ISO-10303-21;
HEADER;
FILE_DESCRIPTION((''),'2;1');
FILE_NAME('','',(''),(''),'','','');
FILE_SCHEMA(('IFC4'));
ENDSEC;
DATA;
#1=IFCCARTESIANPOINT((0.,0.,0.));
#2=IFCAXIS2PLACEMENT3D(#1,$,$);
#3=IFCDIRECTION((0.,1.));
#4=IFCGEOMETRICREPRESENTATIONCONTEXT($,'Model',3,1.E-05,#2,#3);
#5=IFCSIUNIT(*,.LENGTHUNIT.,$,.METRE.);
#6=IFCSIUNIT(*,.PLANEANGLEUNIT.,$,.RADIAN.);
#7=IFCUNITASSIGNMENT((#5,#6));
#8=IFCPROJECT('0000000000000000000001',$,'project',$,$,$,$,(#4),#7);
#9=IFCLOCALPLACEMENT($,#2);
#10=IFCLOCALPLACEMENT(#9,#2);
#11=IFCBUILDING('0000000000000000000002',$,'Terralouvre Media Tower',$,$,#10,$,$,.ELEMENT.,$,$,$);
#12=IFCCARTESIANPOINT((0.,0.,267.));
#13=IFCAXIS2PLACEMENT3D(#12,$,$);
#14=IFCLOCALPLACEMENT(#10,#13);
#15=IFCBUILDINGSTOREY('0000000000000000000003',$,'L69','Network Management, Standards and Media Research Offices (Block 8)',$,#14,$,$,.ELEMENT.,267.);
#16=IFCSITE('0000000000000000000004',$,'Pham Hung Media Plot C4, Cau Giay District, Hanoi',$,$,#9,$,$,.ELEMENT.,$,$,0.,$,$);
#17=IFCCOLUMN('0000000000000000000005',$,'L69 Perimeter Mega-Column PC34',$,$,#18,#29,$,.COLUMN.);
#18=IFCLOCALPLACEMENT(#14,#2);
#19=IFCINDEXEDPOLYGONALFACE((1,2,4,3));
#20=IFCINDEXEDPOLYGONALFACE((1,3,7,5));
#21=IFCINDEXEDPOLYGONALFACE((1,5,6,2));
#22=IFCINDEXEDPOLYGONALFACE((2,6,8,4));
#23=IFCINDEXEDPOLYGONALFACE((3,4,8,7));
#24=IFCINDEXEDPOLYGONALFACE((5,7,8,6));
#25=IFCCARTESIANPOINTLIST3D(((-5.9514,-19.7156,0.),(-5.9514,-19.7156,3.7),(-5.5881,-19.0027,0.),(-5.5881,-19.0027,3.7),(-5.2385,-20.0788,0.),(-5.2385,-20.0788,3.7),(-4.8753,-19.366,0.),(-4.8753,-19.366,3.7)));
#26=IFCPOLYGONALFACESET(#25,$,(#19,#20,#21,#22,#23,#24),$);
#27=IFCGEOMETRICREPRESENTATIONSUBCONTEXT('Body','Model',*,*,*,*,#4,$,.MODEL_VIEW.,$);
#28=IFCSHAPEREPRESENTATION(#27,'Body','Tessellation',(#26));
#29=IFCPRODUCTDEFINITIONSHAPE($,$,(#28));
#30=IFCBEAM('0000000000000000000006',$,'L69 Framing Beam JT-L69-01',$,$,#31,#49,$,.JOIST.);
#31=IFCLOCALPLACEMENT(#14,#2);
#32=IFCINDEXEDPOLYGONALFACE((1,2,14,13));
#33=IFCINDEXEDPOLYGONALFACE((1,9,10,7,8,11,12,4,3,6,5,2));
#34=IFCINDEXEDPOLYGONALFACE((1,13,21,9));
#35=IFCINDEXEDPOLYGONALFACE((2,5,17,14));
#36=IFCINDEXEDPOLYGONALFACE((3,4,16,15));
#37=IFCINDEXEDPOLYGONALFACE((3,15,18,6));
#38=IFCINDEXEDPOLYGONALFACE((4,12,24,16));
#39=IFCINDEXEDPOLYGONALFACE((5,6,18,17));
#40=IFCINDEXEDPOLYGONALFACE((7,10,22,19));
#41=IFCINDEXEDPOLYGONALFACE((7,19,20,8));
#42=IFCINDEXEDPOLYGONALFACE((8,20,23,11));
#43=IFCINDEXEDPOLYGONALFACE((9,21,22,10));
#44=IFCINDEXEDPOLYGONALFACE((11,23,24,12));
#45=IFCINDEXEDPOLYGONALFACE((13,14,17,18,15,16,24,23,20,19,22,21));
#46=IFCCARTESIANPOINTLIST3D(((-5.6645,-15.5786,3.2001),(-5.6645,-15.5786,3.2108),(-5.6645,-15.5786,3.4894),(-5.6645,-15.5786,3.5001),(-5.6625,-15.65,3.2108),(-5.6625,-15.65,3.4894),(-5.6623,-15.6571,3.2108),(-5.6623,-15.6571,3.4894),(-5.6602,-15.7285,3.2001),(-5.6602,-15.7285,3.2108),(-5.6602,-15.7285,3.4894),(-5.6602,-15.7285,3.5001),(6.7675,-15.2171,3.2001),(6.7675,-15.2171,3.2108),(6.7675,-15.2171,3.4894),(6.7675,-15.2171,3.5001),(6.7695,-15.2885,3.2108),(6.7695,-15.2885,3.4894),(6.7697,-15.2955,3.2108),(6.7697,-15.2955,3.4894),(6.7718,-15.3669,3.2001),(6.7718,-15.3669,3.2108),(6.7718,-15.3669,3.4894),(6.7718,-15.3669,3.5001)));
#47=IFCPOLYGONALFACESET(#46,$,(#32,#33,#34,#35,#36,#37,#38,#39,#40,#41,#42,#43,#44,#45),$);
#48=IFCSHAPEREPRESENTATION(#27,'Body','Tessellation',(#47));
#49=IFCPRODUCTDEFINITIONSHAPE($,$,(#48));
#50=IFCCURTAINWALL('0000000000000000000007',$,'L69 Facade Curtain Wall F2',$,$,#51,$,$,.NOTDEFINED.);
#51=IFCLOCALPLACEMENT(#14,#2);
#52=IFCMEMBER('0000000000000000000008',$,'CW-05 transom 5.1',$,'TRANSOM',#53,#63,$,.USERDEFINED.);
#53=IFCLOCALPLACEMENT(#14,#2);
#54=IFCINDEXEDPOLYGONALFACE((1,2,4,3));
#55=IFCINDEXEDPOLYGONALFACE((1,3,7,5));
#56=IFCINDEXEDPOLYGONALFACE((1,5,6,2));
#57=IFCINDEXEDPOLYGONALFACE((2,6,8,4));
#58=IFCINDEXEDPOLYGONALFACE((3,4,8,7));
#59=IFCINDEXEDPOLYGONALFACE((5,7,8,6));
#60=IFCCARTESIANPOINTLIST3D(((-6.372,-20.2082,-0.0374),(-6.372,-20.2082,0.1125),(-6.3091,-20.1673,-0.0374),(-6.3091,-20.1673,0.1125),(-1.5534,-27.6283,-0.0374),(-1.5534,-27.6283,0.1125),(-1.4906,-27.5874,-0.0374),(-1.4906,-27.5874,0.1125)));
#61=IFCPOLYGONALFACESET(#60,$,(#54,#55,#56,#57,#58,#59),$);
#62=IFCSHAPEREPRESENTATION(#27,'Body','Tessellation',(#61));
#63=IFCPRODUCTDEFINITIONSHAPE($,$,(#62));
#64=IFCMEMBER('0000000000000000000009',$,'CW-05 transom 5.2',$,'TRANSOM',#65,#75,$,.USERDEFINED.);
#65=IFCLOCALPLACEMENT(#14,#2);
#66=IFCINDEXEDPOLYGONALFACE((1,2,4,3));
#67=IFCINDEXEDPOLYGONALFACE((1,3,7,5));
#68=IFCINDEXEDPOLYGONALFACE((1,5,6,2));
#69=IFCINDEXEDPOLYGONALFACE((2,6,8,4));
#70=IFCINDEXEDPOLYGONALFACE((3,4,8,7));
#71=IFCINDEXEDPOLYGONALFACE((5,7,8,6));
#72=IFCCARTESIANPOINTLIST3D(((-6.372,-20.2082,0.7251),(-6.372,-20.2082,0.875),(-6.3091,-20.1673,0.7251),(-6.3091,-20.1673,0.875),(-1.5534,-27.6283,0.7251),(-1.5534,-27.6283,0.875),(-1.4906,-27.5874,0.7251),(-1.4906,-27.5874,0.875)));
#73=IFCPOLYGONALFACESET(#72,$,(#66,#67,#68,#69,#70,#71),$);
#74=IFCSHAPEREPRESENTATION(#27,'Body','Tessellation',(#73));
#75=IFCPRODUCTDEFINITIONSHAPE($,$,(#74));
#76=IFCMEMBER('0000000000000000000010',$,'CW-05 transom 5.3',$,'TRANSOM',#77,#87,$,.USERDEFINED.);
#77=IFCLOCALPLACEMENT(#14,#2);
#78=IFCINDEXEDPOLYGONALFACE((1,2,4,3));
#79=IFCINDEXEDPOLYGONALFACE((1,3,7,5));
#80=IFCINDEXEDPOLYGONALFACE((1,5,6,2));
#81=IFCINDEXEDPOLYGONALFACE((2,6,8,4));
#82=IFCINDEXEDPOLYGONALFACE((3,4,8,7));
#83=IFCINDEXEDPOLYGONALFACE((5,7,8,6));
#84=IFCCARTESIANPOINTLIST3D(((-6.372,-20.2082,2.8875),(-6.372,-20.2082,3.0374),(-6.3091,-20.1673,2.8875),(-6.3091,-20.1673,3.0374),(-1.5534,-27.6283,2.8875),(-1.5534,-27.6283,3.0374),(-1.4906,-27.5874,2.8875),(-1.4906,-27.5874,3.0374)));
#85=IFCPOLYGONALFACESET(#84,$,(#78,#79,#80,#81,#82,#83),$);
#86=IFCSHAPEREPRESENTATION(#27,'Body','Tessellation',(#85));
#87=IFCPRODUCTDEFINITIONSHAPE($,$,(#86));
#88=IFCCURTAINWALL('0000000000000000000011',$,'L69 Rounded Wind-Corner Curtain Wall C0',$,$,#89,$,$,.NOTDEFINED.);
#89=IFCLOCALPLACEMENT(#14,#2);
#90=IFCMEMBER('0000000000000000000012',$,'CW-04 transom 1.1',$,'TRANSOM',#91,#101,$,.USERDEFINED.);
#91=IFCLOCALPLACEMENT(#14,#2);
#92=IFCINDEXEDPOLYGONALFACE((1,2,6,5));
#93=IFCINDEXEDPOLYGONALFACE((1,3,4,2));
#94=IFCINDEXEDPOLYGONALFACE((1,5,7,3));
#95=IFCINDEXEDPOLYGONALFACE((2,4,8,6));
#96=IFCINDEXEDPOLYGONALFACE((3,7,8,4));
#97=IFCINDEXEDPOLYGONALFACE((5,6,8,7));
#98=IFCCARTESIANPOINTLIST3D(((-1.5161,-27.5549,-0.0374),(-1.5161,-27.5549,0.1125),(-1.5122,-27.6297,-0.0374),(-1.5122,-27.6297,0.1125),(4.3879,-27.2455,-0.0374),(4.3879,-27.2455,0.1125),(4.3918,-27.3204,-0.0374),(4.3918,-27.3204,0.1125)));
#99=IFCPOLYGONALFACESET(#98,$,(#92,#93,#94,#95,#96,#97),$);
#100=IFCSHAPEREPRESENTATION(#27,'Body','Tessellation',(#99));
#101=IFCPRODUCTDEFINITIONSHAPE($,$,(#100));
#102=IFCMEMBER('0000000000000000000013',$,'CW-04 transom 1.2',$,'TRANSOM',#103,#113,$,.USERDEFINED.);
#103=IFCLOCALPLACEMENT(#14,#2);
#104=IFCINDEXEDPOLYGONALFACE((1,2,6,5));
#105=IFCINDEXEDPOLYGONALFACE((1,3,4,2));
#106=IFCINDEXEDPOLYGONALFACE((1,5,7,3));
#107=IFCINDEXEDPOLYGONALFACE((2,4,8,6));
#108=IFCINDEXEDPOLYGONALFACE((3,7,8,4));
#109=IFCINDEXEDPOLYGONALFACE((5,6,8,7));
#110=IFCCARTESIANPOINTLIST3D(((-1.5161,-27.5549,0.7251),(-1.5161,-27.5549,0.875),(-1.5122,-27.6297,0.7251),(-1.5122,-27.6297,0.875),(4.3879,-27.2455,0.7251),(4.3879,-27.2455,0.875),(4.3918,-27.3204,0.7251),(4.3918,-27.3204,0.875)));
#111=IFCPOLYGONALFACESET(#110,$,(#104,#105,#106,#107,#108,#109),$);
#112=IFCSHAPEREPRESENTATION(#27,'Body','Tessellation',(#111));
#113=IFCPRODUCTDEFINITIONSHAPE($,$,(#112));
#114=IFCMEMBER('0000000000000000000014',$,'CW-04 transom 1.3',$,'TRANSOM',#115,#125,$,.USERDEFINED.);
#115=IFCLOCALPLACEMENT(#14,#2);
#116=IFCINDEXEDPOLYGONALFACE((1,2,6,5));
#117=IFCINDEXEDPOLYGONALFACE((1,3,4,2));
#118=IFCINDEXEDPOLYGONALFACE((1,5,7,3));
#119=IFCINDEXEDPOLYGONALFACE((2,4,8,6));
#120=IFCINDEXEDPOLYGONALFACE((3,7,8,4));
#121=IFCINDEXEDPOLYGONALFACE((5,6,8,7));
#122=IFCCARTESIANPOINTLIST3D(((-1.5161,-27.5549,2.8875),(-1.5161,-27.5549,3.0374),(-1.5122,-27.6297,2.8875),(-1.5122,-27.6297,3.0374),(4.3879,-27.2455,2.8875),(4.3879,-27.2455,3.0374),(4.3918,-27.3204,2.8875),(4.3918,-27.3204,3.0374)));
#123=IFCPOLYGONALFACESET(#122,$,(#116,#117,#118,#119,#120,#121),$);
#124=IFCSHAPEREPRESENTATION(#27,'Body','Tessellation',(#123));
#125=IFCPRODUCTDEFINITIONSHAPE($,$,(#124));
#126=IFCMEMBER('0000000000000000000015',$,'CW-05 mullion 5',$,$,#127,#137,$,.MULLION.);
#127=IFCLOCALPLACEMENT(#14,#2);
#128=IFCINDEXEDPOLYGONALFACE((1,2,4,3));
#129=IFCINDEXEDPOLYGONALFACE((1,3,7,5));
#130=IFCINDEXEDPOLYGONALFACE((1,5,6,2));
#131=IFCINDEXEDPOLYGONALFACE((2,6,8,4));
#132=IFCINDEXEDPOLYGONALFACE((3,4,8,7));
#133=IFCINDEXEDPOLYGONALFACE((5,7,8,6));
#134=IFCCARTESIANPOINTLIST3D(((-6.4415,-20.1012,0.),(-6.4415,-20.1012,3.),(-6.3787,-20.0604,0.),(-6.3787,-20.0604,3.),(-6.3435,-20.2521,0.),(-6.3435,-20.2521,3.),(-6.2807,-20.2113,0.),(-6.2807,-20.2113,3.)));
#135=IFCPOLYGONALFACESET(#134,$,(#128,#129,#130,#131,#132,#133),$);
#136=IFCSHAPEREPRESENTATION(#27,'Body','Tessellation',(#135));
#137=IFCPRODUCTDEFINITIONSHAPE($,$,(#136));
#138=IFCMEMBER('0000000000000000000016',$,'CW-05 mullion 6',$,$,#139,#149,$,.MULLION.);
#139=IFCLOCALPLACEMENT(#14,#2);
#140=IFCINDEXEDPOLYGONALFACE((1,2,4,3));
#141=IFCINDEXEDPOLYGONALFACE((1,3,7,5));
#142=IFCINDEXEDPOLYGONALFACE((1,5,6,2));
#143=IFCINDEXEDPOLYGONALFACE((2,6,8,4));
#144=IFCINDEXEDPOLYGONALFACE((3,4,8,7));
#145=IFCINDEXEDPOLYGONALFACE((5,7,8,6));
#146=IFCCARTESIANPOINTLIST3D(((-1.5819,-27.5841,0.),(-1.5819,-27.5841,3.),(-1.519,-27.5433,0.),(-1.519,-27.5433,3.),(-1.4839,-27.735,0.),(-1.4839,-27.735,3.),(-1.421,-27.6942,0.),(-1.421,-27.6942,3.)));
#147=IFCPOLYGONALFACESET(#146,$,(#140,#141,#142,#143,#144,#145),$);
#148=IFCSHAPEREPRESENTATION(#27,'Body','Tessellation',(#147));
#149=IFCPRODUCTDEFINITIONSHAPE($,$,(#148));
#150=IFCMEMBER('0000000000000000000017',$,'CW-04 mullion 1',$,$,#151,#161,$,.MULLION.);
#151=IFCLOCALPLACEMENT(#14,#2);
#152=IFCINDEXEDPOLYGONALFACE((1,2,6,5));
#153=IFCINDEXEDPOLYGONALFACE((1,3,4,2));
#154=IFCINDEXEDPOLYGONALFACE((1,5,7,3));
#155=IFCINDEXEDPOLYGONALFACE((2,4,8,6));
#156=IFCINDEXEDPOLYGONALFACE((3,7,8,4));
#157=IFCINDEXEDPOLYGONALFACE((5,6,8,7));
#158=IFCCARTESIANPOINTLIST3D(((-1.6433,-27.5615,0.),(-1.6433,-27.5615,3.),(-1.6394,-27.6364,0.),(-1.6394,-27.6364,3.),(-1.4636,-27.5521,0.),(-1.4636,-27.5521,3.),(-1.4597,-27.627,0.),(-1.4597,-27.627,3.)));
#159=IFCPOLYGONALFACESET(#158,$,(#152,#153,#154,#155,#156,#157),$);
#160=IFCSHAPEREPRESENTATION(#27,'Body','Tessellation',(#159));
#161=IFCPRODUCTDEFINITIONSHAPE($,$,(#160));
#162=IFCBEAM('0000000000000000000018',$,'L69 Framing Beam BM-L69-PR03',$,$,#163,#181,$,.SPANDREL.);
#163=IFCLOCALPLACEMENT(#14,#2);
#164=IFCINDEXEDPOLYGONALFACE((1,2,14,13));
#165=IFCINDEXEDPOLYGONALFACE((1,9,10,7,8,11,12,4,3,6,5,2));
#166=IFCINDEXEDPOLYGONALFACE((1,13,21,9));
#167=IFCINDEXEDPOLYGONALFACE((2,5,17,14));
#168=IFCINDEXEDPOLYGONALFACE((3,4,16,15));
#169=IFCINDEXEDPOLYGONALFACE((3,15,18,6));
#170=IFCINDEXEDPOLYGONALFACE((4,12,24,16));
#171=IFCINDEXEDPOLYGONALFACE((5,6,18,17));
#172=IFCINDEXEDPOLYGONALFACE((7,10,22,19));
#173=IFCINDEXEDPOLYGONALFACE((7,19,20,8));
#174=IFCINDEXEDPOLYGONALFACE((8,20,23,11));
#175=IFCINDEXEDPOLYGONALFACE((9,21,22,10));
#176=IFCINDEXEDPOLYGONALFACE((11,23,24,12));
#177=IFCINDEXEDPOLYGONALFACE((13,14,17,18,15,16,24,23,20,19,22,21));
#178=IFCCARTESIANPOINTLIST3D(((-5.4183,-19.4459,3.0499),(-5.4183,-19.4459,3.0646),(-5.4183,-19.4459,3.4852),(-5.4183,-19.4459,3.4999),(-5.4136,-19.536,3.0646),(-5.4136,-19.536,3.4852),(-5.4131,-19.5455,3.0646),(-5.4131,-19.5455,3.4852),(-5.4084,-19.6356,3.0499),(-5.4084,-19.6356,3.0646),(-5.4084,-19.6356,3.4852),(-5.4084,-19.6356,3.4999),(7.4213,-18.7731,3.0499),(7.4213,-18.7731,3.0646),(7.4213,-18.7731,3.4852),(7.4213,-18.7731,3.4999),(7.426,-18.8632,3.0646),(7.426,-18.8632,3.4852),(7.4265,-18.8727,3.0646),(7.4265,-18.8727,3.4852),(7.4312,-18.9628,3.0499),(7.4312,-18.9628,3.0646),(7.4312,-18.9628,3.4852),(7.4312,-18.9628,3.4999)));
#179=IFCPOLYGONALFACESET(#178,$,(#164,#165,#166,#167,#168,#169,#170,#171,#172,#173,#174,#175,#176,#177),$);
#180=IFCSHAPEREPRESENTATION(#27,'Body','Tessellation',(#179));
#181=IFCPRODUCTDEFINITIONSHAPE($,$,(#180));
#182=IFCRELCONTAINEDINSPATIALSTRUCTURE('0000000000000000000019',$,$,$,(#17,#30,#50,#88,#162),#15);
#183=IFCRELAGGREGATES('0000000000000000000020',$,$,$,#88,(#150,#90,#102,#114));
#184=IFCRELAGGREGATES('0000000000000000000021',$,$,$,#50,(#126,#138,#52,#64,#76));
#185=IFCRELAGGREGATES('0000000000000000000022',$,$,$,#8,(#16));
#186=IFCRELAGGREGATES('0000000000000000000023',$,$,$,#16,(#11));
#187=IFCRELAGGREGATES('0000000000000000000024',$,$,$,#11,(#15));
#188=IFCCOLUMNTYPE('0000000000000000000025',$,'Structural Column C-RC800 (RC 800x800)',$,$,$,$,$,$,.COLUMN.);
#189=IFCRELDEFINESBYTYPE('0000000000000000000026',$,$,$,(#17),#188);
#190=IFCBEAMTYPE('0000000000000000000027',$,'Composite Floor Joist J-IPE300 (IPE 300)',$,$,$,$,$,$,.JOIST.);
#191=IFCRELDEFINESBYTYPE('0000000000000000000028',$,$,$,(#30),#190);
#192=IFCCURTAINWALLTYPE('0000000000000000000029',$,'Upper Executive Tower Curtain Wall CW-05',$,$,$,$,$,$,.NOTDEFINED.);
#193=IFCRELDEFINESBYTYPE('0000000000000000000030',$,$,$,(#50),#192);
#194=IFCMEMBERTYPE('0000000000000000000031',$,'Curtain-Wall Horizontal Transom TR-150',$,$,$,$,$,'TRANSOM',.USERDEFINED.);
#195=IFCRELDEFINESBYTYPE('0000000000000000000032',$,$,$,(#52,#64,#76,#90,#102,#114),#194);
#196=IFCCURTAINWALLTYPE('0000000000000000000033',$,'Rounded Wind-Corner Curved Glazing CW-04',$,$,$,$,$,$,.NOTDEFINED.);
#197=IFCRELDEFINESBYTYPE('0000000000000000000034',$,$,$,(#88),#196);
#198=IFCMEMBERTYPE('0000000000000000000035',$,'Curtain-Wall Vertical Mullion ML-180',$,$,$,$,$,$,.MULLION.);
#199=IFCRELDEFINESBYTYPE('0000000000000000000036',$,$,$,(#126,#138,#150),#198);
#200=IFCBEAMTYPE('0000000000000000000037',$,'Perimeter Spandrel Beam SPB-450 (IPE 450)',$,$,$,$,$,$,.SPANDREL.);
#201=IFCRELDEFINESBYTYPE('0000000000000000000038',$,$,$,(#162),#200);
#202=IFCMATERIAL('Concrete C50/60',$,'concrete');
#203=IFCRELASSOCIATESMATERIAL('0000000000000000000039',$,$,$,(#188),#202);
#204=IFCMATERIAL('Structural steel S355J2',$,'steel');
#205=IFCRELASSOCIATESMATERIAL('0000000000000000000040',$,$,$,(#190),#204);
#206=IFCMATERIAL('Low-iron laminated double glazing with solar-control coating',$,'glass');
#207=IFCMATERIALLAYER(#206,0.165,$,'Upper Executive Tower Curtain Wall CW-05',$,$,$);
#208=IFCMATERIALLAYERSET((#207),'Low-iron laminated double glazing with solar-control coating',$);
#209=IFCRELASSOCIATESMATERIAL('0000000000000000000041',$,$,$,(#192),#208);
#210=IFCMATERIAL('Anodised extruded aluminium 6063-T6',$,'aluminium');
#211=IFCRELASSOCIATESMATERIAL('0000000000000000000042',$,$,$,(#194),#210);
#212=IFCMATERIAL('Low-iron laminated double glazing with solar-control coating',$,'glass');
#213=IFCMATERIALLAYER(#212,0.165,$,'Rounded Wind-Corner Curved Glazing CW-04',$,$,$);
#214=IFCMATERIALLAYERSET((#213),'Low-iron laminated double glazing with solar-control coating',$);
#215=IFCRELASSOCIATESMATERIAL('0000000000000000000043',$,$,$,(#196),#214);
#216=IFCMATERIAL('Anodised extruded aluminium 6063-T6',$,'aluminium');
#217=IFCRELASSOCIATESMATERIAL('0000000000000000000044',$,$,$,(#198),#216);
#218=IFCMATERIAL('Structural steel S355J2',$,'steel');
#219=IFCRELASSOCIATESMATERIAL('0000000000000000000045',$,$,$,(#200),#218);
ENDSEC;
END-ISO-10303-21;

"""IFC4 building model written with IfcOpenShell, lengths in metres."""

from ifc_helpers import new_model, si_unit, direction, frame, origin, origin_2d, place, context, subcontext, project, spatial, rectangle, i_section, extrude, material, layer, layer_set, material_profile, profile_set, type_object, element, aggregate, save


model = new_model("IFC4")

# Units and contexts
model_context = context("Model", 3, precision=1e-05, world=origin(), true_north=direction((0.0, 1.0)))
body_context = subcontext(model_context, "Body", "Model", "MODEL_VIEW")
ifc_project = project(units=[si_unit("LENGTHUNIT", "METRE"), si_unit("PLANEANGLEUNIT", "RADIAN")], contexts=[model_context])

# Site, building, storey
site_placement = place(None, origin())
site = spatial("IfcSite", under=ifc_project, at=site_placement, Name="Pham Hung Media Plot C4, Cau Giay District, Hanoi", CompositionType="ELEMENT", RefElevation=0.0)
building_placement = place(site_placement, origin())
building = spatial("IfcBuilding", under=site, at=building_placement, Name="Terralouvre Media Tower", CompositionType="ELEMENT")
storey_placement = place(building_placement, frame((0.0, 0.0, 267.0)))
storey = spatial("IfcBuildingStorey", under=building, at=storey_placement, Name="L69", Description="Network Management, Standards and Media Research Offices (Block 8)", CompositionType="ELEMENT", Elevation=267.0)

# Column
ifc_material_1 = material(Name="Concrete C50/60", Category="concrete")
ifc_material_profile_1 = material_profile(ifc_material_1, rectangle(XDim=0.8, YDim=0.8, at=origin_2d()), Name="RC 800x800")
ifc_profile_set_1 = profile_set([ifc_material_profile_1], Name="Concrete C50/60")
column_type = type_object("IfcColumnType", Name="Structural Column C-RC800 (RC 800x800)", PredefinedType="COLUMN", material=ifc_profile_set_1)
column_placement = place(storey_placement, frame((-5.4133, -19.5408, 0.0), z_axis=(0.0, 0.0, 1.0), x_axis=(0.45399, 0.891007, 0.0)))
element("IfcColumn", 1, at=column_placement, inside=storey, type_object=column_type, Name="L69 Perimeter Mega-Column PC34", PredefinedType="COLUMN", context=body_context, shape_type="SweptSolid", body=[
    extrude(rectangle(XDim=0.8, YDim=0.8, at=origin_2d()), origin(), (0.0, 0.0, 1.0), 3.7),
])

# Beam
ifc_material_2 = material(Name="Structural steel S355J2", Category="steel")
ifc_material_profile_2 = material_profile(ifc_material_2, i_section(OverallWidth=0.1499, OverallDepth=0.3, WebThickness=0.0071, FlangeThickness=0.0107, at=origin_2d()), Name="IPE 300")
ifc_profile_set_2 = profile_set([ifc_material_profile_2], Name="Structural steel S355J2")
beam_type_1 = type_object("IfcBeamType", Name="Composite Floor Joist J-IPE300 (IPE 300)", PredefinedType="JOIST", material=ifc_profile_set_2)
beam_1_placement = place(storey_placement, frame((-5.6624, -15.6536, 3.3501), z_axis=(0.999577, 0.029072, 0.0), x_axis=(-0.029072, 0.999577, 0.0)))
element("IfcBeam", 2, at=beam_1_placement, inside=storey, type_object=beam_type_1, Name="L69 Framing Beam JT-L69-01", PredefinedType="JOIST", context=body_context, shape_type="SweptSolid", body=[
    extrude(i_section(OverallWidth=0.1499, OverallDepth=0.3, WebThickness=0.0071, FlangeThickness=0.0107, at=origin_2d()), origin(), (0.0, 0.0, 1.0), 12.4373),
])

# Curtain walls, members
ifc_material_3 = material(Name="Low-iron laminated double glazing with solar-control coating", Category="glass")
ifc_layer_1 = layer(ifc_material_3, 0.165, Name="Upper Executive Tower Curtain Wall CW-05")
ifc_layer_set_1 = layer_set([ifc_layer_1], Name="Low-iron laminated double glazing with solar-control coating")
curtain_wall_type_1 = type_object("IfcCurtainWallType", Name="Upper Executive Tower Curtain Wall CW-05", PredefinedType="NOTDEFINED", material=ifc_layer_set_1)
curtain_wall_1_placement = place(storey_placement, origin())
curtain_wall_1 = element("IfcCurtainWall", 3, at=curtain_wall_1_placement, inside=storey, type_object=curtain_wall_type_1, Name="L69 Facade Curtain Wall F2", PredefinedType="NOTDEFINED")
ifc_material_4 = material(Name="Anodised extruded aluminium 6063-T6", Category="aluminium")
ifc_material_profile_3 = material_profile(ifc_material_4, rectangle(XDim=0.075, YDim=0.1499, at=origin_2d()), Name="ALU 75x150")
ifc_profile_set_3 = profile_set([ifc_material_profile_3], Name="Anodised extruded aluminium 6063-T6")
member_type_1 = type_object("IfcMemberType", Name="Curtain-Wall Horizontal Transom TR-150", ElementType="TRANSOM", PredefinedType="USERDEFINED", material=ifc_profile_set_3)
member_1_placement = place(storey_placement, frame((-6.3406, -20.1877, 0.0376), z_axis=(0.54463, -0.838676, 0.0), x_axis=(0.838676, 0.54463, 0.0)))
member_1 = element("IfcMember", 4, at=member_1_placement, type_object=member_type_1, Name="CW-05 transom 5.1", ObjectType="TRANSOM", PredefinedType="USERDEFINED", context=body_context, shape_type="SweptSolid", body=[
    extrude(rectangle(XDim=0.075, YDim=0.1499, at=origin_2d()), origin(), (0.0, 0.0, 1.0), 8.8474),
])
member_2_placement = place(storey_placement, frame((-6.3406, -20.1877, 0.8), z_axis=(0.54463, -0.838676, 0.0), x_axis=(0.838676, 0.54463, 0.0)))
member_2 = element("IfcMember", 5, at=member_2_placement, type_object=member_type_1, Name="CW-05 transom 5.2", ObjectType="TRANSOM", PredefinedType="USERDEFINED", context=body_context, shape_type="SweptSolid", body=[
    extrude(rectangle(XDim=0.075, YDim=0.1499, at=origin_2d()), origin(), (0.0, 0.0, 1.0), 8.8474),
])
member_3_placement = place(storey_placement, frame((-6.3406, -20.1877, 2.9624), z_axis=(0.54463, -0.838676, 0.0), x_axis=(0.838676, 0.54463, 0.0)))
member_3 = element("IfcMember", 6, at=member_3_placement, type_object=member_type_1, Name="CW-05 transom 5.3", ObjectType="TRANSOM", PredefinedType="USERDEFINED", context=body_context, shape_type="SweptSolid", body=[
    extrude(rectangle(XDim=0.075, YDim=0.1499, at=origin_2d()), origin(), (0.0, 0.0, 1.0), 8.8474),
])
ifc_material_5 = material(Name="Low-iron laminated double glazing with solar-control coating", Category="glass")
ifc_layer_2 = layer(ifc_material_5, 0.165, Name="Rounded Wind-Corner Curved Glazing CW-04")
ifc_layer_set_2 = layer_set([ifc_layer_2], Name="Low-iron laminated double glazing with solar-control coating")
curtain_wall_type_2 = type_object("IfcCurtainWallType", Name="Rounded Wind-Corner Curved Glazing CW-04", PredefinedType="NOTDEFINED", material=ifc_layer_set_2)
curtain_wall_2_placement = place(storey_placement, origin())
curtain_wall_2 = element("IfcCurtainWall", 7, at=curtain_wall_2_placement, inside=storey, type_object=curtain_wall_type_2, Name="L69 Rounded Wind-Corner Curtain Wall C0", PredefinedType="NOTDEFINED")
member_4_placement = place(storey_placement, frame((-1.5142, -27.5923, 0.0376), z_axis=(0.99863, 0.05232, 0.0), x_axis=(-0.05232, 0.99863, 0.0)))
member_4 = element("IfcMember", 8, at=member_4_placement, type_object=member_type_1, Name="CW-04 transom 1.1", ObjectType="TRANSOM", PredefinedType="USERDEFINED", context=body_context, shape_type="SweptSolid", body=[
    extrude(rectangle(XDim=0.075, YDim=0.1499, at=origin_2d()), origin(), (0.0, 0.0, 1.0), 5.9121),
])
member_5_placement = place(storey_placement, frame((-1.5142, -27.5923, 0.8), z_axis=(0.99863, 0.05232, 0.0), x_axis=(-0.05232, 0.99863, 0.0)))
member_5 = element("IfcMember", 9, at=member_5_placement, type_object=member_type_1, Name="CW-04 transom 1.2", ObjectType="TRANSOM", PredefinedType="USERDEFINED", context=body_context, shape_type="SweptSolid", body=[
    extrude(rectangle(XDim=0.075, YDim=0.1499, at=origin_2d()), origin(), (0.0, 0.0, 1.0), 5.9121),
])
member_6_placement = place(storey_placement, frame((-1.5142, -27.5923, 2.9624), z_axis=(0.99863, 0.05232, 0.0), x_axis=(-0.05232, 0.99863, 0.0)))
member_6 = element("IfcMember", 10, at=member_6_placement, type_object=member_type_1, Name="CW-04 transom 1.3", ObjectType="TRANSOM", PredefinedType="USERDEFINED", context=body_context, shape_type="SweptSolid", body=[
    extrude(rectangle(XDim=0.075, YDim=0.1499, at=origin_2d()), origin(), (0.0, 0.0, 1.0), 5.9121),
])

# Members
ifc_material_6 = material(Name="Anodised extruded aluminium 6063-T6", Category="aluminium")
ifc_material_profile_4 = material_profile(ifc_material_6, rectangle(XDim=0.075, YDim=0.1799, at=origin_2d()), Name="ALU 75x180")
ifc_profile_set_4 = profile_set([ifc_material_profile_4], Name="Anodised extruded aluminium 6063-T6")
member_type_2 = type_object("IfcMemberType", Name="Curtain-Wall Vertical Mullion ML-180", PredefinedType="MULLION", material=ifc_profile_set_4)
member_7_placement = place(storey_placement, frame((-6.3611, -20.1562, 0.0), z_axis=(0.0, 0.0, 1.0), x_axis=(0.838671, 0.544639, 0.0)))
member_7 = element("IfcMember", 11, at=member_7_placement, type_object=member_type_2, Name="CW-05 mullion 5", PredefinedType="MULLION", context=body_context, shape_type="SweptSolid", body=[
    extrude(rectangle(XDim=0.075, YDim=0.1799, at=origin_2d()), origin(), (0.0, 0.0, 1.0), 3.0),
])
member_8_placement = place(storey_placement, frame((-1.5015, -27.6392, 0.0), z_axis=(0.0, 0.0, 1.0), x_axis=(0.838671, 0.544639, 0.0)))
member_8 = element("IfcMember", 12, at=member_8_placement, type_object=member_type_2, Name="CW-05 mullion 6", PredefinedType="MULLION", context=body_context, shape_type="SweptSolid", body=[
    extrude(rectangle(XDim=0.075, YDim=0.1799, at=origin_2d()), origin(), (0.0, 0.0, 1.0), 3.0),
])
member_9_placement = place(storey_placement, frame((-1.5515, -27.5942, 0.0), z_axis=(0.0, 0.0, 1.0), x_axis=(-0.052336, 0.99863, 0.0)))
member_9 = element("IfcMember", 13, at=member_9_placement, type_object=member_type_2, Name="CW-04 mullion 1", PredefinedType="MULLION", context=body_context, shape_type="SweptSolid", body=[
    extrude(rectangle(XDim=0.075, YDim=0.1799, at=origin_2d()), origin(), (0.0, 0.0, 1.0), 3.0),
])
aggregate(curtain_wall_2, [member_9, member_4, member_5, member_6])

# Beam
ifc_material_7 = material(Name="Structural steel S355J2", Category="steel")
ifc_material_profile_5 = material_profile(ifc_material_7, i_section(OverallWidth=0.1899, OverallDepth=0.45, WebThickness=0.0095, FlangeThickness=0.0146, at=origin_2d()), Name="IPE 450")
ifc_profile_set_5 = profile_set([ifc_material_profile_5], Name="Structural steel S355J2")
beam_type_2 = type_object("IfcBeamType", Name="Perimeter Spandrel Beam SPB-450 (IPE 450)", PredefinedType="SPANDREL", material=ifc_profile_set_5)
beam_2_placement = place(storey_placement, frame((-5.4133, -19.5408, 3.2749), z_axis=(0.99863, 0.052333, 0.0), x_axis=(-0.052333, 0.99863, 0.0)))
element("IfcBeam", 14, at=beam_2_placement, inside=storey, type_object=beam_type_2, Name="L69 Framing Beam BM-L69-PR03", PredefinedType="SPANDREL", context=body_context, shape_type="SweptSolid", body=[
    extrude(i_section(OverallWidth=0.1899, OverallDepth=0.45, WebThickness=0.0095, FlangeThickness=0.0146, at=origin_2d()), origin(), (0.0, 0.0, 1.0), 12.8572),
])

aggregate(curtain_wall_1, [member_7, member_8, member_1, member_2, member_3])

save(model, "model.ifc")
